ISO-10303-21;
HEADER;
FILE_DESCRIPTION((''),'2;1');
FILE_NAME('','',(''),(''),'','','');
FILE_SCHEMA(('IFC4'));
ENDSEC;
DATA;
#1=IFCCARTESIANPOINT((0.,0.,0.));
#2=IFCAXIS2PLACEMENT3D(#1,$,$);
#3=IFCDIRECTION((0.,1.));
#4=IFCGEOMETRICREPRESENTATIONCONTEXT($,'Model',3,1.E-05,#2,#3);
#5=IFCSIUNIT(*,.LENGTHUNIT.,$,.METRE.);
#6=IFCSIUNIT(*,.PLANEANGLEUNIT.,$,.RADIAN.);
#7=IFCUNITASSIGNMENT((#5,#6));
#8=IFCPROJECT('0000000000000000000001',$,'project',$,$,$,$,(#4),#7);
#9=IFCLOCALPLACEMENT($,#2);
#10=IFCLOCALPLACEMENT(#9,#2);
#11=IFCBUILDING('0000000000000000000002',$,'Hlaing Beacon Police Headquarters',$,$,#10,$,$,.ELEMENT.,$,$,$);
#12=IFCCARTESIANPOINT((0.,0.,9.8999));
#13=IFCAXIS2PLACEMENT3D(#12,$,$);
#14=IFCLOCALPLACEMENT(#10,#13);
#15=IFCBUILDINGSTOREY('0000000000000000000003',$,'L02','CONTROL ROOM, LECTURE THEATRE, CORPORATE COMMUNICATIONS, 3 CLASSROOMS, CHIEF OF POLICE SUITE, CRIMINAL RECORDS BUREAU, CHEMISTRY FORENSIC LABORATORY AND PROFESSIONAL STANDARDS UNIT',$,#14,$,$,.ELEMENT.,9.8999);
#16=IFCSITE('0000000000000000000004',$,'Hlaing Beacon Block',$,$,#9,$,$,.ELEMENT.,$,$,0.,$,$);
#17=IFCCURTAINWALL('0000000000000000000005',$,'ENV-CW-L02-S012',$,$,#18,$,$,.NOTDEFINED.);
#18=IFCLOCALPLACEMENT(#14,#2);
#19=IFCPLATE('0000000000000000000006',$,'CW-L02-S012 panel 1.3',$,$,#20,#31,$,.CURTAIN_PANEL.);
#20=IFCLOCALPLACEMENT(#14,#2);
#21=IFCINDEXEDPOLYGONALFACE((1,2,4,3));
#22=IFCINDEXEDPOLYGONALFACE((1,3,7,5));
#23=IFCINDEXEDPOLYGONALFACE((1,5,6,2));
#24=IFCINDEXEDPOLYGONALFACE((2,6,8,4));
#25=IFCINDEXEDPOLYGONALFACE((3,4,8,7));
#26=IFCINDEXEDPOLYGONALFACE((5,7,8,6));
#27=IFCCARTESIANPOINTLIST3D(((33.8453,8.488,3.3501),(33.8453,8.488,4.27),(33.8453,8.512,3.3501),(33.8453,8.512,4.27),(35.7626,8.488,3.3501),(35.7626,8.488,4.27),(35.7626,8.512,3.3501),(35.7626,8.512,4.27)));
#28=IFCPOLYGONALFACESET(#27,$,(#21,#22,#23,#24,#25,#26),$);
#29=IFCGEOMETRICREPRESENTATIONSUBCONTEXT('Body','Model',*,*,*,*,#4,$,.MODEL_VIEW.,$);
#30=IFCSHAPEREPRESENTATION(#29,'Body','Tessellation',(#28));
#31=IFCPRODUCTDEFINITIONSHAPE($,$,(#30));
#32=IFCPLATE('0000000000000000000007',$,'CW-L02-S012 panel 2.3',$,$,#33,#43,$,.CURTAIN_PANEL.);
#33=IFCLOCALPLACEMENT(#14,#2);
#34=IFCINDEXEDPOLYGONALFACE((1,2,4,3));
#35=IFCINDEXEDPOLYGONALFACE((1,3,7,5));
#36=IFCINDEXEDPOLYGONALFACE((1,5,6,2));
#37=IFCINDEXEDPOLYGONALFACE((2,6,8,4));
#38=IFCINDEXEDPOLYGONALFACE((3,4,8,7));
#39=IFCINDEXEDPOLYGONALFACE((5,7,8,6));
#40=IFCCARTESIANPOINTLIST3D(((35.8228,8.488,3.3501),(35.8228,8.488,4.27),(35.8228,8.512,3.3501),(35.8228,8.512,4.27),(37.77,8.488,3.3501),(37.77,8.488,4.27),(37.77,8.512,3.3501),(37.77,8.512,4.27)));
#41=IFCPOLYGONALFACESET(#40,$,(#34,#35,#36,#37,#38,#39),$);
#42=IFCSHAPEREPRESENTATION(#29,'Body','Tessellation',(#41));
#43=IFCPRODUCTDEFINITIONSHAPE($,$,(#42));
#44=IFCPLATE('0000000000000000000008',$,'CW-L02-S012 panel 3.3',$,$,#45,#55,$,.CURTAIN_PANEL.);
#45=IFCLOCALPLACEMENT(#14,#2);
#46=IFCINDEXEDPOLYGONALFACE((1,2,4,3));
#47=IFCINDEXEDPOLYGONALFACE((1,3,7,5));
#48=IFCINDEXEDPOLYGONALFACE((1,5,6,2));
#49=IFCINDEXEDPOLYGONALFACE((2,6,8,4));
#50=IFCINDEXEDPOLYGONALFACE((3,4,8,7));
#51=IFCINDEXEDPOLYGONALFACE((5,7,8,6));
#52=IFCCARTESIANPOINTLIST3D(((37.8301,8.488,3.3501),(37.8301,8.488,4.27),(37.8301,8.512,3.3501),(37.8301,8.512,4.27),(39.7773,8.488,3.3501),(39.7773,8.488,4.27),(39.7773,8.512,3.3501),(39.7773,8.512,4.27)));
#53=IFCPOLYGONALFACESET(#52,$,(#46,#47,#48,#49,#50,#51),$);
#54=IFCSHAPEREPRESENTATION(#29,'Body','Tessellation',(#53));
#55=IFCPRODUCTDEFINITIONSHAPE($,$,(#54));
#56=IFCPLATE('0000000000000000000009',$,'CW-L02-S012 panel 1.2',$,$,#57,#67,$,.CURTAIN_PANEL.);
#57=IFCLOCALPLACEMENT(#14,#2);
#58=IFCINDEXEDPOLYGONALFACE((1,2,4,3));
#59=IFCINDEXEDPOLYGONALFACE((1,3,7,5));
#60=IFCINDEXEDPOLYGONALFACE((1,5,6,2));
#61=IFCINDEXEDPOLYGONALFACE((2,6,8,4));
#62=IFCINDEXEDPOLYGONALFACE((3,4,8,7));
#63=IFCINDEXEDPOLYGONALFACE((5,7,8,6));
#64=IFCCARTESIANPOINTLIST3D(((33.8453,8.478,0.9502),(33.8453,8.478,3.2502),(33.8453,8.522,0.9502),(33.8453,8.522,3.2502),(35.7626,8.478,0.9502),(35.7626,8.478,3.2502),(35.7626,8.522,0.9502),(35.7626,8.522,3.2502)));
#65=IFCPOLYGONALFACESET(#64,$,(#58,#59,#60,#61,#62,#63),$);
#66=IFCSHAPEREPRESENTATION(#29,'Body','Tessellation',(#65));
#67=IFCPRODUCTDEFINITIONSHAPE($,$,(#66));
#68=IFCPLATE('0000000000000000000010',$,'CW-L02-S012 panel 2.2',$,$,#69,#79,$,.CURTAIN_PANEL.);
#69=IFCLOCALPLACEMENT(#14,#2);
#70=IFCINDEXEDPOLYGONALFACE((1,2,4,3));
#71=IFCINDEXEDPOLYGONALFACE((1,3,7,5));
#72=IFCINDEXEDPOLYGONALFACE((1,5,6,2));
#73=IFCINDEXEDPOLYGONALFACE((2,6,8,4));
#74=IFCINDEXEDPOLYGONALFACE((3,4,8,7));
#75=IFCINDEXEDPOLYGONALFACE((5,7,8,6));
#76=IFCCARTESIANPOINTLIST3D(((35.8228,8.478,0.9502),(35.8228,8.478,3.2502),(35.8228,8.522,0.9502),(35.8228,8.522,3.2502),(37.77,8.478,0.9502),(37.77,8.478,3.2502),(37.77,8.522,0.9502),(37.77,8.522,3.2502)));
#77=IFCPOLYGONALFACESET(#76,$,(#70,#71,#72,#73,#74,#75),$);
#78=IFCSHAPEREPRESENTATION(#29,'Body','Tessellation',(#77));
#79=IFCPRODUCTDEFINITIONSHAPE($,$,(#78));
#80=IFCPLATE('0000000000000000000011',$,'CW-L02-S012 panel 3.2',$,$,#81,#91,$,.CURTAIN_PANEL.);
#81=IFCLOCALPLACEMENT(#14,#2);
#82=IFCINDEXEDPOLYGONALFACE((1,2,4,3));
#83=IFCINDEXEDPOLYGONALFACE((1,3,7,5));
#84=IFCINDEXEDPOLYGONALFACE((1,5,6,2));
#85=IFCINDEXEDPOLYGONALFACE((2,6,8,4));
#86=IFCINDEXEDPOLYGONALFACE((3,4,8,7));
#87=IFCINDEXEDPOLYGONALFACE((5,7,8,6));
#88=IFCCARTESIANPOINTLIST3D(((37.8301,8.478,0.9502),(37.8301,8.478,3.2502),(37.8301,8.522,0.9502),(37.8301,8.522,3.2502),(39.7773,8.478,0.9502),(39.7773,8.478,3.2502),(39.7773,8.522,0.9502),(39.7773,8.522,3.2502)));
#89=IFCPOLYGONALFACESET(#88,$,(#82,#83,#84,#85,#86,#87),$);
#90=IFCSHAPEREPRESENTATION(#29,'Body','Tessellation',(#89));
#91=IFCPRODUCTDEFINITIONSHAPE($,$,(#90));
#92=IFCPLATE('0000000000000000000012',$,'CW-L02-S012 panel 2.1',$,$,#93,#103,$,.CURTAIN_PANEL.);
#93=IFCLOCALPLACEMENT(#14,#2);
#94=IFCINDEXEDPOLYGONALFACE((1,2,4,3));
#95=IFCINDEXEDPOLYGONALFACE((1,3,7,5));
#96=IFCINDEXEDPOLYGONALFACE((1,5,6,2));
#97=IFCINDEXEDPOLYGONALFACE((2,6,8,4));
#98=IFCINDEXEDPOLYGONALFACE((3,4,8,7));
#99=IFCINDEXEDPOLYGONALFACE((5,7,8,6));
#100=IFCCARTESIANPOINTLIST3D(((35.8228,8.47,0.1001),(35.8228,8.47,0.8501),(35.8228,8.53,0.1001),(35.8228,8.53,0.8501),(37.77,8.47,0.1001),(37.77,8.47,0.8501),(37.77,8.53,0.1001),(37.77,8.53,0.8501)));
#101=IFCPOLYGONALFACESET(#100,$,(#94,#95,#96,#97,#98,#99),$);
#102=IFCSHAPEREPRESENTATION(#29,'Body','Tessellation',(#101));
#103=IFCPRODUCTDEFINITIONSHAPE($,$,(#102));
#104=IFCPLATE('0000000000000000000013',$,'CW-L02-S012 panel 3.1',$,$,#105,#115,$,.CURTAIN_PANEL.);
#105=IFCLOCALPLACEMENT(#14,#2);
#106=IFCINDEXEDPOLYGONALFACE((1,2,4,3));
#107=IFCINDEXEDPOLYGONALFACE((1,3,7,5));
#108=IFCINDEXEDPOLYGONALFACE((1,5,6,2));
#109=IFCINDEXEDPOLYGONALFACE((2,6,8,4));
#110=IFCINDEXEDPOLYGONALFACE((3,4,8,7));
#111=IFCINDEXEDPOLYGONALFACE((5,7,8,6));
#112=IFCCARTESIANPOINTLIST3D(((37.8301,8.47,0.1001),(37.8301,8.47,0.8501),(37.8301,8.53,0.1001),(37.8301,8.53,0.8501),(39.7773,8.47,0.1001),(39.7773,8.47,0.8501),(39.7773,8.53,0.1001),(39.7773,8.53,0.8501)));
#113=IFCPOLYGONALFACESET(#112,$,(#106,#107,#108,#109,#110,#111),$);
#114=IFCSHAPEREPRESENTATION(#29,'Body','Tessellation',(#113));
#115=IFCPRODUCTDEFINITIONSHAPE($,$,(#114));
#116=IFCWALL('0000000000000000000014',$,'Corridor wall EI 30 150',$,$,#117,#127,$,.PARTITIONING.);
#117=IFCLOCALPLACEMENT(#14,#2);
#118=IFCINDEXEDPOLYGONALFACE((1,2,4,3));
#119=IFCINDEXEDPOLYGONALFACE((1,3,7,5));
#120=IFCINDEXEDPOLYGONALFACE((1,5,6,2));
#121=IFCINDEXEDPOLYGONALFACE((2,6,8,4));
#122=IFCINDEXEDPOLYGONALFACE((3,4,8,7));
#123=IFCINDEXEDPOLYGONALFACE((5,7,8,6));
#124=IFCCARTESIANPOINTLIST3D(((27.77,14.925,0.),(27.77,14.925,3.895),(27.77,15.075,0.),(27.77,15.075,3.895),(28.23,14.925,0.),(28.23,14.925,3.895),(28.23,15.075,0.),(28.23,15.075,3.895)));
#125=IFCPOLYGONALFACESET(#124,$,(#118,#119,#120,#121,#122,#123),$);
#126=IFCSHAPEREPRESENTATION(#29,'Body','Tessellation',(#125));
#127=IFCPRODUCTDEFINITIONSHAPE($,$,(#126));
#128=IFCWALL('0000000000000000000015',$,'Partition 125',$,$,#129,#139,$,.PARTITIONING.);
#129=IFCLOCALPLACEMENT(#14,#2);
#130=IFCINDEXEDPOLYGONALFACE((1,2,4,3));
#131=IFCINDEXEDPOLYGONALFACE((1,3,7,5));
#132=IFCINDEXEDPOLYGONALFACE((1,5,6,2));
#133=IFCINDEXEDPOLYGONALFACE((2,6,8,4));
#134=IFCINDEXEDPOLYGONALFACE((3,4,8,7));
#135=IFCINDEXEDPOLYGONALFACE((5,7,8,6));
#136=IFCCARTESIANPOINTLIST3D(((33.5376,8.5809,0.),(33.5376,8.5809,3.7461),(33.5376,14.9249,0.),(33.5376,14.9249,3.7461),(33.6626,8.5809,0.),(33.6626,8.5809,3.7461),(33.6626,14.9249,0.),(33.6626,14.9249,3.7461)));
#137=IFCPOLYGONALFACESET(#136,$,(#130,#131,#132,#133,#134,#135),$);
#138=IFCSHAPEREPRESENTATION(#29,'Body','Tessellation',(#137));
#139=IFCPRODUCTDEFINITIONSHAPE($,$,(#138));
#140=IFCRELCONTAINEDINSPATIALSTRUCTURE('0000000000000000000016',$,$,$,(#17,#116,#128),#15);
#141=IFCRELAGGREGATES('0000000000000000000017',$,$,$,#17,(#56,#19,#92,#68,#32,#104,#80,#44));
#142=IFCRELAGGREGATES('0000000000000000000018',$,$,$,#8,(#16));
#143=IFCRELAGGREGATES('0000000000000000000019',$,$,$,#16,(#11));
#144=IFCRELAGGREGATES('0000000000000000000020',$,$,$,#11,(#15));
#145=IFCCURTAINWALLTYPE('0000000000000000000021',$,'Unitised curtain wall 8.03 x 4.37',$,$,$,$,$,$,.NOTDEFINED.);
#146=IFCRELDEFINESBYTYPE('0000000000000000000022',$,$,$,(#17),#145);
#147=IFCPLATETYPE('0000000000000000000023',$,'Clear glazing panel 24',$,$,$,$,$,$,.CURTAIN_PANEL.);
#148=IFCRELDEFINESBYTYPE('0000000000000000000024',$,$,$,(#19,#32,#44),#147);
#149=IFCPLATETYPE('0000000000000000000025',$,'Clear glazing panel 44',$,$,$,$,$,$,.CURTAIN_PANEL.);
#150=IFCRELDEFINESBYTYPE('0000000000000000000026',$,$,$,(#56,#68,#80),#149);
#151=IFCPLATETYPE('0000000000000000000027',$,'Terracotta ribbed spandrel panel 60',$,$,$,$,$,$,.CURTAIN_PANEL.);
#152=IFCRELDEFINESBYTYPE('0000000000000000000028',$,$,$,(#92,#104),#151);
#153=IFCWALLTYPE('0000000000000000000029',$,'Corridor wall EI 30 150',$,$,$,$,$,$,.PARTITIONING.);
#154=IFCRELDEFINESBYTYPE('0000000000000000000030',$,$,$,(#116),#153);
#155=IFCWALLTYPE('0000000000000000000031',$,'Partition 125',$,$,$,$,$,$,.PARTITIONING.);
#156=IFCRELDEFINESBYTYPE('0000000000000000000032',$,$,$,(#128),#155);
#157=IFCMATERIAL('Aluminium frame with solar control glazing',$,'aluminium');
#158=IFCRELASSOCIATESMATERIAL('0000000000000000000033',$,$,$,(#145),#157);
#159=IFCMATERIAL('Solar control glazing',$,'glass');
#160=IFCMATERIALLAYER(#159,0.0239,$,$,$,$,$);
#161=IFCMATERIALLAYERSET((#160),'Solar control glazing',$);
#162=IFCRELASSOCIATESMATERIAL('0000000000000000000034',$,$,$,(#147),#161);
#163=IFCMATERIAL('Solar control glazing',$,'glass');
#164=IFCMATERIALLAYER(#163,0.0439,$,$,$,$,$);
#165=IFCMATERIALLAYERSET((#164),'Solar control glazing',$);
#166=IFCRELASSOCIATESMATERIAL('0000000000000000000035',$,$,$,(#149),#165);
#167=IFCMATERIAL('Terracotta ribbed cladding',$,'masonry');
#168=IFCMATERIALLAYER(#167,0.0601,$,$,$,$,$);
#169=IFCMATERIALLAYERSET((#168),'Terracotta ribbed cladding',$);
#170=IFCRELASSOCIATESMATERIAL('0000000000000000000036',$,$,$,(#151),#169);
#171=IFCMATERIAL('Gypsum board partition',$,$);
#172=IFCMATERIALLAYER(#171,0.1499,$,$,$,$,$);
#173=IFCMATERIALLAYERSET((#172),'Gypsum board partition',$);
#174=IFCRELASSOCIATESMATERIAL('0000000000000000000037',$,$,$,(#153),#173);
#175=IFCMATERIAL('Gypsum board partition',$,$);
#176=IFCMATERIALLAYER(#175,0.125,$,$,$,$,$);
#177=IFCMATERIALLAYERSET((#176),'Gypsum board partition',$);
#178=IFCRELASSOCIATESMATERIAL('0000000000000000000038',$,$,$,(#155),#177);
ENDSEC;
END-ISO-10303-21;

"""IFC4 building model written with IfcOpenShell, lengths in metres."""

from ifc_helpers import new_model, si_unit, direction, frame, frame_2d, origin, origin_2d, place, context, subcontext, project, spatial, rectangle, extrude, material, layer, layer_set, type_object, element, aggregate, save


model = new_model("IFC4")

# Units and contexts
model_context = context("Model", 3, precision=1e-05, world=origin(), true_north=direction((0.0, 1.0)))
body_context = subcontext(model_context, "Body", "Model", "MODEL_VIEW")
ifc_project = project(units=[si_unit("LENGTHUNIT", "METRE"), si_unit("PLANEANGLEUNIT", "RADIAN")], contexts=[model_context])

# Site, building, storey
site_placement = place(None, origin())
site = spatial("IfcSite", under=ifc_project, at=site_placement, Name="Hlaing Beacon Block", CompositionType="ELEMENT", RefElevation=0.0)
building_placement = place(site_placement, origin())
building = spatial("IfcBuilding", under=site, at=building_placement, Name="Hlaing Beacon Police Headquarters", CompositionType="ELEMENT")
storey_placement = place(building_placement, frame((0.0, 0.0, 9.8999)))
storey = spatial("IfcBuildingStorey", under=building, at=storey_placement, Name="L02", Description="CONTROL ROOM, LECTURE THEATRE, CORPORATE COMMUNICATIONS, 3 CLASSROOMS, CHIEF OF POLICE SUITE, CRIMINAL RECORDS BUREAU, CHEMISTRY FORENSIC LABORATORY AND PROFESSIONAL STANDARDS UNIT", CompositionType="ELEMENT", Elevation=9.8999)

# Curtain wall, plates
ifc_material_1 = material(Name="Aluminium frame with solar control glazing", Category="aluminium")
curtain_wall_type = type_object("IfcCurtainWallType", Name="Unitised curtain wall 8.03 x 4.37", PredefinedType="NOTDEFINED", material=ifc_material_1)
curtain_wall_placement = place(storey_placement, origin())
curtain_wall = element("IfcCurtainWall", 1, at=curtain_wall_placement, inside=storey, type_object=curtain_wall_type, Name="ENV-CW-L02-S012", PredefinedType="NOTDEFINED")
ifc_material_2 = material(Name="Solar control glazing", Category="glass")
ifc_layer_1 = layer(ifc_material_2, 0.0239)
ifc_layer_set_1 = layer_set([ifc_layer_1], Name="Solar control glazing")
plate_type_1 = type_object("IfcPlateType", Name="Clear glazing panel 24", PredefinedType="CURTAIN_PANEL", material=ifc_layer_set_1)
plate_1_placement = place(storey_placement, frame((34.804, 8.5, 3.3501), z_axis=(0.0, 0.0, 1.0), x_axis=(1.0, 0.0, 0.0)))
plate_1 = element("IfcPlate", 2, at=plate_1_placement, type_object=plate_type_1, Name="CW-L02-S012 panel 1.3", PredefinedType="CURTAIN_PANEL", context=body_context, shape_type="SweptSolid", body=[
    extrude(rectangle(XDim=1.9172, YDim=0.0239, at=origin_2d()), origin(), (0.0, 0.0, 1.0), 0.9199),
])
plate_2_placement = place(storey_placement, frame((36.7964, 8.5, 3.3501), z_axis=(0.0, 0.0, 1.0), x_axis=(1.0, 0.0, 0.0)))
plate_2 = element("IfcPlate", 3, at=plate_2_placement, type_object=plate_type_1, Name="CW-L02-S012 panel 2.3", PredefinedType="CURTAIN_PANEL", context=body_context, shape_type="SweptSolid", body=[
    extrude(rectangle(XDim=1.9473, YDim=0.0239, at=origin_2d()), origin(), (0.0, 0.0, 1.0), 0.9199),
])
plate_3_placement = place(storey_placement, frame((38.8037, 8.5, 3.3501), z_axis=(0.0, 0.0, 1.0), x_axis=(1.0, 0.0, 0.0)))
plate_3 = element("IfcPlate", 4, at=plate_3_placement, type_object=plate_type_1, Name="CW-L02-S012 panel 3.3", PredefinedType="CURTAIN_PANEL", context=body_context, shape_type="SweptSolid", body=[
    extrude(rectangle(XDim=1.9473, YDim=0.0239, at=origin_2d()), origin(), (0.0, 0.0, 1.0), 0.9199),
])
ifc_material_3 = material(Name="Solar control glazing", Category="glass")
ifc_layer_2 = layer(ifc_material_3, 0.0439)
ifc_layer_set_2 = layer_set([ifc_layer_2], Name="Solar control glazing")
plate_type_2 = type_object("IfcPlateType", Name="Clear glazing panel 44", PredefinedType="CURTAIN_PANEL", material=ifc_layer_set_2)
plate_4_placement = place(storey_placement, frame((34.804, 8.5, 0.9502), z_axis=(0.0, 0.0, 1.0), x_axis=(1.0, 0.0, 0.0)))
plate_4 = element("IfcPlate", 5, at=plate_4_placement, type_object=plate_type_2, Name="CW-L02-S012 panel 1.2", PredefinedType="CURTAIN_PANEL", context=body_context, shape_type="SweptSolid", body=[
    extrude(rectangle(XDim=1.9172, YDim=0.0439, at=origin_2d()), origin(), (0.0, 0.0, 1.0), 2.3),
])
plate_5_placement = place(storey_placement, frame((36.7964, 8.5, 0.9502), z_axis=(0.0, 0.0, 1.0), x_axis=(1.0, 0.0, 0.0)))
plate_5 = element("IfcPlate", 6, at=plate_5_placement, type_object=plate_type_2, Name="CW-L02-S012 panel 2.2", PredefinedType="CURTAIN_PANEL", context=body_context, shape_type="SweptSolid", body=[
    extrude(rectangle(XDim=1.9473, YDim=0.0439, at=origin_2d()), origin(), (0.0, 0.0, 1.0), 2.3),
])
plate_6_placement = place(storey_placement, frame((38.8037, 8.5, 0.9502), z_axis=(0.0, 0.0, 1.0), x_axis=(1.0, 0.0, 0.0)))
plate_6 = element("IfcPlate", 7, at=plate_6_placement, type_object=plate_type_2, Name="CW-L02-S012 panel 3.2", PredefinedType="CURTAIN_PANEL", context=body_context, shape_type="SweptSolid", body=[
    extrude(rectangle(XDim=1.9473, YDim=0.0439, at=origin_2d()), origin(), (0.0, 0.0, 1.0), 2.3),
])
ifc_material_4 = material(Name="Terracotta ribbed cladding", Category="masonry")
ifc_layer_3 = layer(ifc_material_4, 0.0601)
ifc_layer_set_3 = layer_set([ifc_layer_3], Name="Terracotta ribbed cladding")
plate_type_3 = type_object("IfcPlateType", Name="Terracotta ribbed spandrel panel 60", PredefinedType="CURTAIN_PANEL", material=ifc_layer_set_3)
plate_7_placement = place(storey_placement, frame((36.7964, 8.5, 0.1001), z_axis=(0.0, 0.0, 1.0), x_axis=(1.0, 0.0, 0.0)))
plate_7 = element("IfcPlate", 8, at=plate_7_placement, type_object=plate_type_3, Name="CW-L02-S012 panel 2.1", PredefinedType="CURTAIN_PANEL", context=body_context, shape_type="SweptSolid", body=[
    extrude(rectangle(XDim=1.9473, YDim=0.0601, at=origin_2d()), origin(), (0.0, 0.0, 1.0), 0.75),
])
plate_8_placement = place(storey_placement, frame((38.8037, 8.5, 0.1001), z_axis=(0.0, 0.0, 1.0), x_axis=(1.0, 0.0, 0.0)))
plate_8 = element("IfcPlate", 9, at=plate_8_placement, type_object=plate_type_3, Name="CW-L02-S012 panel 3.1", PredefinedType="CURTAIN_PANEL", context=body_context, shape_type="SweptSolid", body=[
    extrude(rectangle(XDim=1.9473, YDim=0.0601, at=origin_2d()), origin(), (0.0, 0.0, 1.0), 0.75),
])
aggregate(curtain_wall, [plate_4, plate_1, plate_7, plate_5, plate_2, plate_8, plate_6, plate_3])

# Walls
ifc_material_5 = material(Name="Gypsum board partition")
ifc_layer_4 = layer(ifc_material_5, 0.1499)
ifc_layer_set_4 = layer_set([ifc_layer_4], Name="Gypsum board partition")
wall_type_1 = type_object("IfcWallType", Name="Corridor wall EI 30 150", PredefinedType="PARTITIONING", material=ifc_layer_set_4)
wall_1_placement = place(storey_placement, frame((27.77, 15.0, 0.0), z_axis=(0.0, 0.0, 1.0), x_axis=(1.0, 0.0, 0.0)))
element("IfcWall", 10, at=wall_1_placement, inside=storey, type_object=wall_type_1, Name="Corridor wall EI 30 150", PredefinedType="PARTITIONING", context=body_context, shape_type="SweptSolid", body=[
    extrude(rectangle(XDim=0.46, YDim=0.1499, at=frame_2d((0.23, 0.0))), origin(), (0.0, 0.0, 1.0), 3.895),
])
ifc_material_6 = material(Name="Gypsum board partition")
ifc_layer_5 = layer(ifc_material_6, 0.125)
ifc_layer_set_5 = layer_set([ifc_layer_5], Name="Gypsum board partition")
wall_type_2 = type_object("IfcWallType", Name="Partition 125", PredefinedType="PARTITIONING", material=ifc_layer_set_5)
wall_2_placement = place(storey_placement, frame((33.6001, 8.5811, 0.0), z_axis=(0.0, 0.0, 1.0), x_axis=(0.0, 1.0, 0.0)))
element("IfcWall", 11, at=wall_2_placement, inside=storey, type_object=wall_type_2, Name="Partition 125", PredefinedType="PARTITIONING", context=body_context, shape_type="SweptSolid", body=[
    extrude(rectangle(XDim=6.344, YDim=0.125, at=frame_2d((3.1719, 0.0))), origin(), (0.0, 0.0, 1.0), 3.7461),
])

save(model, "model.ifc")
